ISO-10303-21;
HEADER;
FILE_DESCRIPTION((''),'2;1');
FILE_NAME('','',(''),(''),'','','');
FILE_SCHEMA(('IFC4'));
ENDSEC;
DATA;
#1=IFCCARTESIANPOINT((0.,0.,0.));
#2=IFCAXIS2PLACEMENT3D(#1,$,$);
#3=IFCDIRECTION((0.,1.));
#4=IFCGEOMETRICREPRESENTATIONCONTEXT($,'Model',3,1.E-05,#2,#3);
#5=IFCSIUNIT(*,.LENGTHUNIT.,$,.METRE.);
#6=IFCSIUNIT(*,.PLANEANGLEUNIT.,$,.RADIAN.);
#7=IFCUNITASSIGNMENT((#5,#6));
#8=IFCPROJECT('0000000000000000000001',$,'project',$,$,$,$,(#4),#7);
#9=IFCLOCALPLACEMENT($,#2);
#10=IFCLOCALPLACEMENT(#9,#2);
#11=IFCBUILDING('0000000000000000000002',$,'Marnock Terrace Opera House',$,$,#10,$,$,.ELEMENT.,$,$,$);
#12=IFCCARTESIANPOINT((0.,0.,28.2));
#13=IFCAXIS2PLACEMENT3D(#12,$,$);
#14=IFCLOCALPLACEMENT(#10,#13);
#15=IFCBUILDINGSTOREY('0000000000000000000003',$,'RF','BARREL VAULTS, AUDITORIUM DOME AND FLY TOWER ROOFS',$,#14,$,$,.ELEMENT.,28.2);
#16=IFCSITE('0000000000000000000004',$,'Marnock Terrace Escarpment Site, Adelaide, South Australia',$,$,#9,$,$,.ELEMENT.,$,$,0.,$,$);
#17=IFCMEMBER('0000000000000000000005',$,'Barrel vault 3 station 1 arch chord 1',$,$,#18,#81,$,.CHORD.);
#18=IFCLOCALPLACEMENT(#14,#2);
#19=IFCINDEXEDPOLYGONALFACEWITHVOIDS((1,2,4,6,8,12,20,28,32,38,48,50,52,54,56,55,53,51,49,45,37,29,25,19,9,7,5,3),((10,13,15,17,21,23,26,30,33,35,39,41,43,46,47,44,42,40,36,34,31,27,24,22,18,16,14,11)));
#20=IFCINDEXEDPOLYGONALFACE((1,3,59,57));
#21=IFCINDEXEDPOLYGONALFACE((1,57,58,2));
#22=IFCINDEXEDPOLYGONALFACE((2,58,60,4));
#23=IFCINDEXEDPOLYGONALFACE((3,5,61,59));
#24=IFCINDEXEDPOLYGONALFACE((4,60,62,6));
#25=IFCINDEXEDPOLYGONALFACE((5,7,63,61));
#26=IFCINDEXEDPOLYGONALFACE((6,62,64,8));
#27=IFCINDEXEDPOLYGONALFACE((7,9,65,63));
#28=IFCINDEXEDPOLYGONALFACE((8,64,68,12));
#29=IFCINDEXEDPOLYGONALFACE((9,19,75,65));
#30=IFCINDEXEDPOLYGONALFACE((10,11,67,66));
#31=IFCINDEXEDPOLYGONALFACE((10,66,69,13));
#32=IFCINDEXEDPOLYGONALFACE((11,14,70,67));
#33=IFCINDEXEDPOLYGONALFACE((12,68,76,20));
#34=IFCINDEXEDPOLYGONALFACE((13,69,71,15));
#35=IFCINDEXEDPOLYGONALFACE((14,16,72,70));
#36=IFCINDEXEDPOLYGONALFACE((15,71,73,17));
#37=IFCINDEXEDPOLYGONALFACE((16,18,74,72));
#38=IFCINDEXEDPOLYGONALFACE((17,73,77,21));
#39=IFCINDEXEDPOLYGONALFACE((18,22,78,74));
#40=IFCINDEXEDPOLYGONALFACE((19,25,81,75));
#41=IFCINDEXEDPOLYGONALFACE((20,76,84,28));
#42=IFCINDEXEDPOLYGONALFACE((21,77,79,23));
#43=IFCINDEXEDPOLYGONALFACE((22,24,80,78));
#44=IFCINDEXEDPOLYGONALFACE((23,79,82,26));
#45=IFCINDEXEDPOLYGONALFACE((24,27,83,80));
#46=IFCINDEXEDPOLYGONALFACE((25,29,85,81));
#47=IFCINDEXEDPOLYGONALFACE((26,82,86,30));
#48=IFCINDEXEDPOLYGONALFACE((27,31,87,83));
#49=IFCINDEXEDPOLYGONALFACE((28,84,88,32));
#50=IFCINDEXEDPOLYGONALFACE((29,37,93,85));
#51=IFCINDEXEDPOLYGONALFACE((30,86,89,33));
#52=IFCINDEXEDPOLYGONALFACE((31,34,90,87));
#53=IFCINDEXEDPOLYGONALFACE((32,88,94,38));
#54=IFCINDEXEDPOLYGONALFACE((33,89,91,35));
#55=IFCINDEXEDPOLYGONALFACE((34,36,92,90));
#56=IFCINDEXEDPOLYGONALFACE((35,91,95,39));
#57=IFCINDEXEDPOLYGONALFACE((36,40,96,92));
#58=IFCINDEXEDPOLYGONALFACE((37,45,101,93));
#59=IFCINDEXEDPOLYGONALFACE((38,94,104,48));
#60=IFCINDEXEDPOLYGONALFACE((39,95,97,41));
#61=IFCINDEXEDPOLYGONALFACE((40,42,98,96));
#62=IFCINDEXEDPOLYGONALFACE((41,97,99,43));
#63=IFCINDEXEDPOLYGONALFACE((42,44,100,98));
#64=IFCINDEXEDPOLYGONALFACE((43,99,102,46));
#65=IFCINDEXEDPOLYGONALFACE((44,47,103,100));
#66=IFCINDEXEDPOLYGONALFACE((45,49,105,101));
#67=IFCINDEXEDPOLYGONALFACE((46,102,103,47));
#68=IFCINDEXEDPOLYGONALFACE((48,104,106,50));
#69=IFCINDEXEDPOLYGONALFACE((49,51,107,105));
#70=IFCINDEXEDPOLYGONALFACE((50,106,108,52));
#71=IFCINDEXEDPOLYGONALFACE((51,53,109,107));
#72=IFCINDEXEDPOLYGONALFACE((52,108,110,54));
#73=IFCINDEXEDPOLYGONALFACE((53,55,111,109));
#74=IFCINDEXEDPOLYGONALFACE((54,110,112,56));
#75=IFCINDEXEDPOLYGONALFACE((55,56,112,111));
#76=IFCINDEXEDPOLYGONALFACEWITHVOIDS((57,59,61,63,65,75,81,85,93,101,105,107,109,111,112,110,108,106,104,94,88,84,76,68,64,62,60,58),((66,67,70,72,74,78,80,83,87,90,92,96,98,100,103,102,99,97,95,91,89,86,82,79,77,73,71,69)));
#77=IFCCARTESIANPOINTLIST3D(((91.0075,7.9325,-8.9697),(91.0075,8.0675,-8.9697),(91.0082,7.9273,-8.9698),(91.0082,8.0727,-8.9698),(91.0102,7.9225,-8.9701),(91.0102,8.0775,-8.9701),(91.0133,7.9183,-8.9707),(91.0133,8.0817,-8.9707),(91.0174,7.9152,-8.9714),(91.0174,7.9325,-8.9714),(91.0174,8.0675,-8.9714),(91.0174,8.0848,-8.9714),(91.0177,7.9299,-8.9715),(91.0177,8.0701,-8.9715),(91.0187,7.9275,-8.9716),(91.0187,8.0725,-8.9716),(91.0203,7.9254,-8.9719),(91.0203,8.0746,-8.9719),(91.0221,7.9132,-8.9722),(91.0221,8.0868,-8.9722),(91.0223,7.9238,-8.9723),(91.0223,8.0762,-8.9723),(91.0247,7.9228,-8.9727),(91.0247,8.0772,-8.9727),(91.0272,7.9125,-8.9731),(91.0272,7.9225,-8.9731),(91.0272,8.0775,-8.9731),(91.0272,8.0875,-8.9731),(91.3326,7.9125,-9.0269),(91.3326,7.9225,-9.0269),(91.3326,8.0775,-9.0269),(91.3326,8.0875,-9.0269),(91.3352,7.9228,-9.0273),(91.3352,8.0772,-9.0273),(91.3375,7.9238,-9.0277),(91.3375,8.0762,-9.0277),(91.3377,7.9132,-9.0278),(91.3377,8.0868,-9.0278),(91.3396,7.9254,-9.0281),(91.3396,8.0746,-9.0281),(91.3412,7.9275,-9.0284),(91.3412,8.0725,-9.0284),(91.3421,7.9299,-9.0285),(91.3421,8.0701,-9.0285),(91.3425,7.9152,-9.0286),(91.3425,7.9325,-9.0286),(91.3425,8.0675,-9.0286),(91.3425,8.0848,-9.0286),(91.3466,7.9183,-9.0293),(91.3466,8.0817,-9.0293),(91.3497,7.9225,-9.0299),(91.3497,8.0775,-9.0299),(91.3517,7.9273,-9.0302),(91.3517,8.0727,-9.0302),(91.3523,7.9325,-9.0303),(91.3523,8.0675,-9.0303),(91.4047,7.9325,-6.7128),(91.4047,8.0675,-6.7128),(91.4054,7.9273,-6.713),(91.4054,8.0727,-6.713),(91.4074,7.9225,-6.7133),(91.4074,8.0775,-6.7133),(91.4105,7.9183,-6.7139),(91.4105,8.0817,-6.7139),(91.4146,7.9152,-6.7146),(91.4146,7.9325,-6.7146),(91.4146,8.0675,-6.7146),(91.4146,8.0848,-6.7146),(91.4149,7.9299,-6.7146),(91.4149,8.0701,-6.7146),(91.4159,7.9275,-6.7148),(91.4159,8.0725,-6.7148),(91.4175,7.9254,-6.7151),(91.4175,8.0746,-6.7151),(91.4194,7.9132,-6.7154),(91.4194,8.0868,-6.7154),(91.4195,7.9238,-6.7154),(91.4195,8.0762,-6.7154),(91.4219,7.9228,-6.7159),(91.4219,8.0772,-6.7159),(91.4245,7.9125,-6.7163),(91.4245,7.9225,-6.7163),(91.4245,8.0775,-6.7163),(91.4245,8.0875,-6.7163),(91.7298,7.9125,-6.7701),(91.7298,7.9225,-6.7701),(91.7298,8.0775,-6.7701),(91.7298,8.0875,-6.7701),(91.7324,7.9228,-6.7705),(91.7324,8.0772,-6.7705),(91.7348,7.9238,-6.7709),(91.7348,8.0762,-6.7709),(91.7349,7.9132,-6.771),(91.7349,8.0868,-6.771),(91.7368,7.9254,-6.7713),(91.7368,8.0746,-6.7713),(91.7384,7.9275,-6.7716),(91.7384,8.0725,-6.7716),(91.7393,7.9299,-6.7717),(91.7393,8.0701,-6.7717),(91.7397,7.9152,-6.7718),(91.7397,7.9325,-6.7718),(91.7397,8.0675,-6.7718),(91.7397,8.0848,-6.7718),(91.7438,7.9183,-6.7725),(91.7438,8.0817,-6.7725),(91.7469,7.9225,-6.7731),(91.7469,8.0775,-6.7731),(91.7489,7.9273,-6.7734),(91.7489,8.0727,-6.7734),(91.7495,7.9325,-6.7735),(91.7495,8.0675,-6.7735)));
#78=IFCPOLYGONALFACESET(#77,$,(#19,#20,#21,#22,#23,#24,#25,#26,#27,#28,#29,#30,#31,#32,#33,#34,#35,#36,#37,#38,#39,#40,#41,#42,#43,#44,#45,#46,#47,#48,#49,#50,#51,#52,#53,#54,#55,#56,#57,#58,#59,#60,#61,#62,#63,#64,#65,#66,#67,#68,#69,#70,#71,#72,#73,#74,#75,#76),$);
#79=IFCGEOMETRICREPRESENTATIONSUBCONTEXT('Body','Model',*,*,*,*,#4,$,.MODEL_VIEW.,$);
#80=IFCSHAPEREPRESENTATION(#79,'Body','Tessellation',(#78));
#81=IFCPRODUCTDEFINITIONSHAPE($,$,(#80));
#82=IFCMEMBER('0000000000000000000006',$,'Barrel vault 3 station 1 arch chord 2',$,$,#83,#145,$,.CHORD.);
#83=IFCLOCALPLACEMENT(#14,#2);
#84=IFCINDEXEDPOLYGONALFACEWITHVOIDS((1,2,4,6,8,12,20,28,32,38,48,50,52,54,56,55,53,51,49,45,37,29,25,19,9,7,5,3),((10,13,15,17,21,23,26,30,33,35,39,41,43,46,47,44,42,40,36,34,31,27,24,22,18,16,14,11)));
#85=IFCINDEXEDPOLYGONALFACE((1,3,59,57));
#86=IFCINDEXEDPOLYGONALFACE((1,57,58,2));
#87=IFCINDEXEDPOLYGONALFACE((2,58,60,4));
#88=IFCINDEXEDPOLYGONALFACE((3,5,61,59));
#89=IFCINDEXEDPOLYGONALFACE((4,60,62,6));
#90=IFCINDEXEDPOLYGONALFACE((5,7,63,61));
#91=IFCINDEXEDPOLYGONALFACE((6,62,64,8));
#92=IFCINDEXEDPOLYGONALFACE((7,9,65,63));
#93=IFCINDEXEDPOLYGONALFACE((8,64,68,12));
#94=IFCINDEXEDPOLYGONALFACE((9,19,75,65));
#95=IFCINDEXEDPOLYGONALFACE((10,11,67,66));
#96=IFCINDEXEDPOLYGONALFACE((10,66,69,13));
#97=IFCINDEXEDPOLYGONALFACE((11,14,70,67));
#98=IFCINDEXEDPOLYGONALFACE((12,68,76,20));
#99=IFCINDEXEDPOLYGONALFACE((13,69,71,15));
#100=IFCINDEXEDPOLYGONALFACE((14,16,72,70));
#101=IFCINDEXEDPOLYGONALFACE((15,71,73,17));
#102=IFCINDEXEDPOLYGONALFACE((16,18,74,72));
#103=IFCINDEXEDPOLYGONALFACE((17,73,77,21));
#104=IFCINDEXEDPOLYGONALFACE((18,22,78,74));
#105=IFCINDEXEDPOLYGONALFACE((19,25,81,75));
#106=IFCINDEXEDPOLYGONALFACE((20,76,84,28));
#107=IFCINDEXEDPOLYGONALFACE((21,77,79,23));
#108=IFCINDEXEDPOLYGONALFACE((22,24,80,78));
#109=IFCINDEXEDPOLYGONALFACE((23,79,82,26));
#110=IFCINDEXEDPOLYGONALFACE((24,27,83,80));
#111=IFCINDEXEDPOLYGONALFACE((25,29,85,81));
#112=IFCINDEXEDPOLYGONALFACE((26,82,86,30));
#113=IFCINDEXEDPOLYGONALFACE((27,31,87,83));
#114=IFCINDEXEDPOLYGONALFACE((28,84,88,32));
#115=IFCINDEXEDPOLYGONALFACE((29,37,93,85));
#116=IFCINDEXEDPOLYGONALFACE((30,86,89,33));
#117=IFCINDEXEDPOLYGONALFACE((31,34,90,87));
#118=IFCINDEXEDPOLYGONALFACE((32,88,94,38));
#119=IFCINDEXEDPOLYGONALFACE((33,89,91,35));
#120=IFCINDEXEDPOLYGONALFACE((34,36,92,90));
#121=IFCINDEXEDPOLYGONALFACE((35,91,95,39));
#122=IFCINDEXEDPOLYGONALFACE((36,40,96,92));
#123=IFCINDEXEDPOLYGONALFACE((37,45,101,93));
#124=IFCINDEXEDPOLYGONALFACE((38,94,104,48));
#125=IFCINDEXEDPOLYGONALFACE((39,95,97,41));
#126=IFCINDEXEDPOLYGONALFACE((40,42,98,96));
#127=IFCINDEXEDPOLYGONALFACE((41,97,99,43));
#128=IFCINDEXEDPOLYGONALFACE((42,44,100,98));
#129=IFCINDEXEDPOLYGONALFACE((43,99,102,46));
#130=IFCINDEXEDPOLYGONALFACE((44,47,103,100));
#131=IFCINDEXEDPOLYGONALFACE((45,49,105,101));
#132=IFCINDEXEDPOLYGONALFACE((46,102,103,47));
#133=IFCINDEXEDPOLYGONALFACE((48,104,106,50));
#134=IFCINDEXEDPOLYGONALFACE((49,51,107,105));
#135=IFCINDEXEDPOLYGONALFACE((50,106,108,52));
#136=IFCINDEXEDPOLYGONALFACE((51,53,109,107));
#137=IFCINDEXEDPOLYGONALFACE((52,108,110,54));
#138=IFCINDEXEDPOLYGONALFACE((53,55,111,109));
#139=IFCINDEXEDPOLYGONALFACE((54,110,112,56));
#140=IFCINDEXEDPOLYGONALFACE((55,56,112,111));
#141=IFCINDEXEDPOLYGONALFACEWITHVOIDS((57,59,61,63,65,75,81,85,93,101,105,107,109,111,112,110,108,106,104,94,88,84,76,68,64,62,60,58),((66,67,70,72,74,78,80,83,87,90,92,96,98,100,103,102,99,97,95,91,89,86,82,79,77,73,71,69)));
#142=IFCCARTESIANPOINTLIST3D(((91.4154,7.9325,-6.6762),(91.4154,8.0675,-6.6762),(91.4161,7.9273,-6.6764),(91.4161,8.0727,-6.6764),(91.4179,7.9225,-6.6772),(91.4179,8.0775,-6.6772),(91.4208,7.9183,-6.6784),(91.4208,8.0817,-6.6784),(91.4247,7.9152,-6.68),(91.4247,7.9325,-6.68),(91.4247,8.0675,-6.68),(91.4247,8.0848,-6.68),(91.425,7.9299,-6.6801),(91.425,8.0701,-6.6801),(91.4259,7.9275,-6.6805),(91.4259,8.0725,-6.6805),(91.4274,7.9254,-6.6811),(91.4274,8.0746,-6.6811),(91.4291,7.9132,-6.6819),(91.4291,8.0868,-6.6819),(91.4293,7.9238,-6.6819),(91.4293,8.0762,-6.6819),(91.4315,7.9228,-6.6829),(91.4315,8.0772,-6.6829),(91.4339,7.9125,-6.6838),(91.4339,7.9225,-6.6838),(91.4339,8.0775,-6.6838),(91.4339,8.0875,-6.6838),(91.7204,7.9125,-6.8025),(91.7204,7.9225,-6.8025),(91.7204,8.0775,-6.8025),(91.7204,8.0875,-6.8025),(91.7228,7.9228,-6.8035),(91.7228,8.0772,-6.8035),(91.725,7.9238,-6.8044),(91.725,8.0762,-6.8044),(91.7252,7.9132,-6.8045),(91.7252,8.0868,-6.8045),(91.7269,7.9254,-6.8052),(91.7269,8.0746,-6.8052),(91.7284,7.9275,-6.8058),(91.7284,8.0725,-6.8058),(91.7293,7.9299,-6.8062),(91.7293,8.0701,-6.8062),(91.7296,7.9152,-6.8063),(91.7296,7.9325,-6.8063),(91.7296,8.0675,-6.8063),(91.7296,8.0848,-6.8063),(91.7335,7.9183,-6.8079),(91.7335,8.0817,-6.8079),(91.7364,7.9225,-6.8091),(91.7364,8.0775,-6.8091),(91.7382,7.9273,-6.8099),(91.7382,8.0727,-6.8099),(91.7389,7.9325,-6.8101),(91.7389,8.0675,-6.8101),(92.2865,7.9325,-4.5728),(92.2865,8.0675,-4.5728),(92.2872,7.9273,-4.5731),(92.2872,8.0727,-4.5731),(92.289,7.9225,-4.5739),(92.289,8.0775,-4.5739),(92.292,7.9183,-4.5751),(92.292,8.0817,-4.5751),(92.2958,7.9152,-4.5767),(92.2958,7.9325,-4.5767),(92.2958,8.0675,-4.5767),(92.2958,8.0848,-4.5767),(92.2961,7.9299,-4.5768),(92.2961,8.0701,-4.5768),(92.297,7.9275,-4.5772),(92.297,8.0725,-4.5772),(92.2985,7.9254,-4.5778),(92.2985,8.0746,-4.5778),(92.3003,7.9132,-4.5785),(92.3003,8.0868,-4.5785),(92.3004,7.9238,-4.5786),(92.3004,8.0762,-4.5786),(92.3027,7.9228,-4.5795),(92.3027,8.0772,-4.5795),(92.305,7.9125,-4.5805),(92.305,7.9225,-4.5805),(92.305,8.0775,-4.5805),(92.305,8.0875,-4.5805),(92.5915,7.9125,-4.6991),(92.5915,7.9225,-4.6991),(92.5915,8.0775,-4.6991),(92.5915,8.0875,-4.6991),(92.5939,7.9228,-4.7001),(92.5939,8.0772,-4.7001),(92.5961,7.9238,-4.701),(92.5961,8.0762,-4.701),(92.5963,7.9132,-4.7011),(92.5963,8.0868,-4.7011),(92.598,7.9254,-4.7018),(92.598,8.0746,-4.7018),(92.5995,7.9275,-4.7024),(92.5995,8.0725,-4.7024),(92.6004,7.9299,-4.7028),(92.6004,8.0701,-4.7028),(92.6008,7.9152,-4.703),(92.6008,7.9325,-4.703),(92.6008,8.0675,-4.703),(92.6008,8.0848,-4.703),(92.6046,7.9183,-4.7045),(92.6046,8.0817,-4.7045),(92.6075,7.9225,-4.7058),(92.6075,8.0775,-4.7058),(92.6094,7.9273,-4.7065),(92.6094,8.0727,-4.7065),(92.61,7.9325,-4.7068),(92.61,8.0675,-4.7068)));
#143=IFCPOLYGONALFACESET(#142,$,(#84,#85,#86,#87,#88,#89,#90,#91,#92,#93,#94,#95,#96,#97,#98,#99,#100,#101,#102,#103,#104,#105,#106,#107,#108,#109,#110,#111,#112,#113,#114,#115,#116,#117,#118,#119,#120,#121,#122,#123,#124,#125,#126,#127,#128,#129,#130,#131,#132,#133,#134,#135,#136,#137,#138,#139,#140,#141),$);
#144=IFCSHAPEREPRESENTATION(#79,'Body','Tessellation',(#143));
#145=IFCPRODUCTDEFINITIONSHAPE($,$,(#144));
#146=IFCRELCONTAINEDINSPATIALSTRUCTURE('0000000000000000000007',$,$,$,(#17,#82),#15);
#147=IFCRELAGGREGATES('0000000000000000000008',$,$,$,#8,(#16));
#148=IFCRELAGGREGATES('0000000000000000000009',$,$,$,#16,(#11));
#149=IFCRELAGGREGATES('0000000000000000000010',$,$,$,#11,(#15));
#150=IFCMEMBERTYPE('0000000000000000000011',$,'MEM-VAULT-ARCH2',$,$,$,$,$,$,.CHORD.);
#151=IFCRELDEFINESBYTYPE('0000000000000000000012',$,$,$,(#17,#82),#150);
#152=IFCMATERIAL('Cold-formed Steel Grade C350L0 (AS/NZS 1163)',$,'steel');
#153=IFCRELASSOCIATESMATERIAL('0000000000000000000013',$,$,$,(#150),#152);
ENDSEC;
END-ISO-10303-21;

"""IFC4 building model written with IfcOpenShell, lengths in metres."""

from ifc_helpers import new_model, si_unit, direction, frame, origin, origin_2d, place, context, subcontext, project, spatial, hollow_rectangle, extrude, material, material_profile, profile_set, type_object, element, save


model = new_model("IFC4")

# Units and contexts
model_context = context("Model", 3, precision=1e-05, world=origin(), true_north=direction((0.0, 1.0)))
body_context = subcontext(model_context, "Body", "Model", "MODEL_VIEW")
ifc_project = project(units=[si_unit("LENGTHUNIT", "METRE"), si_unit("PLANEANGLEUNIT", "RADIAN")], contexts=[model_context])

# Site, building, storey
site_placement = place(None, origin())
site = spatial("IfcSite", under=ifc_project, at=site_placement, Name="Marnock Terrace Escarpment Site, Adelaide, South Australia", CompositionType="ELEMENT", RefElevation=0.0)
building_placement = place(site_placement, origin())
building = spatial("IfcBuilding", under=site, at=building_placement, Name="Marnock Terrace Opera House", CompositionType="ELEMENT")
storey_placement = place(building_placement, frame((0.0, 0.0, 28.2)))
storey = spatial("IfcBuildingStorey", under=building, at=storey_placement, Name="RF", Description="BARREL VAULTS, AUDITORIUM DOME AND FLY TOWER ROOFS", CompositionType="ELEMENT", Elevation=28.2)

# Members
ifc_material_1 = material(Name="Cold-formed Steel Grade C350L0 (AS/NZS 1163)", Category="steel")
ifc_material_profile_1 = material_profile(ifc_material_1, hollow_rectangle(XDim=0.175, YDim=0.3501, WallThickness=0.01, InnerFilletRadius=0.01, OuterFilletRadius=0.02, at=origin_2d()))
ifc_profile_set_1 = profile_set([ifc_material_profile_1], Name="Cold-formed Steel Grade C350L0 (AS/NZS 1163)")
member_type_1 = type_object("IfcMemberType", Name="MEM-VAULT-ARCH2", PredefinedType="CHORD", material=ifc_profile_set_1)
member_1_placement = place(storey_placement, frame((91.1799, 8.0, -9.0), z_axis=(0.173342, 0.0, 0.984862), x_axis=(0.0, 1.0, 0.0)))
element("IfcMember", 1, at=member_1_placement, inside=storey, type_object=member_type_1, Name="Barrel vault 3 station 1 arch chord 1", PredefinedType="CHORD", context=body_context, shape_type="SweptSolid", body=[
    extrude(hollow_rectangle(XDim=0.175, YDim=0.3501, WallThickness=0.01, InnerFilletRadius=0.01, OuterFilletRadius=0.02, at=origin_2d()), origin(), (0.0, 0.0, 1.0), 2.2915),
])
member_2_placement = place(storey_placement, frame((91.5771, 8.0, -6.7432), z_axis=(0.382642, 0.0, 0.923897), x_axis=(0.0, 1.0, 0.0)))
element("IfcMember", 2, at=member_2_placement, inside=storey, type_object=member_type_1, Name="Barrel vault 3 station 1 arch chord 2", PredefinedType="CHORD", context=body_context, shape_type="SweptSolid", body=[
    extrude(hollow_rectangle(XDim=0.175, YDim=0.3501, WallThickness=0.01, InnerFilletRadius=0.01, OuterFilletRadius=0.02, at=origin_2d()), origin(), (0.0, 0.0, 1.0), 2.2766),
])

save(model, "model.ifc")
